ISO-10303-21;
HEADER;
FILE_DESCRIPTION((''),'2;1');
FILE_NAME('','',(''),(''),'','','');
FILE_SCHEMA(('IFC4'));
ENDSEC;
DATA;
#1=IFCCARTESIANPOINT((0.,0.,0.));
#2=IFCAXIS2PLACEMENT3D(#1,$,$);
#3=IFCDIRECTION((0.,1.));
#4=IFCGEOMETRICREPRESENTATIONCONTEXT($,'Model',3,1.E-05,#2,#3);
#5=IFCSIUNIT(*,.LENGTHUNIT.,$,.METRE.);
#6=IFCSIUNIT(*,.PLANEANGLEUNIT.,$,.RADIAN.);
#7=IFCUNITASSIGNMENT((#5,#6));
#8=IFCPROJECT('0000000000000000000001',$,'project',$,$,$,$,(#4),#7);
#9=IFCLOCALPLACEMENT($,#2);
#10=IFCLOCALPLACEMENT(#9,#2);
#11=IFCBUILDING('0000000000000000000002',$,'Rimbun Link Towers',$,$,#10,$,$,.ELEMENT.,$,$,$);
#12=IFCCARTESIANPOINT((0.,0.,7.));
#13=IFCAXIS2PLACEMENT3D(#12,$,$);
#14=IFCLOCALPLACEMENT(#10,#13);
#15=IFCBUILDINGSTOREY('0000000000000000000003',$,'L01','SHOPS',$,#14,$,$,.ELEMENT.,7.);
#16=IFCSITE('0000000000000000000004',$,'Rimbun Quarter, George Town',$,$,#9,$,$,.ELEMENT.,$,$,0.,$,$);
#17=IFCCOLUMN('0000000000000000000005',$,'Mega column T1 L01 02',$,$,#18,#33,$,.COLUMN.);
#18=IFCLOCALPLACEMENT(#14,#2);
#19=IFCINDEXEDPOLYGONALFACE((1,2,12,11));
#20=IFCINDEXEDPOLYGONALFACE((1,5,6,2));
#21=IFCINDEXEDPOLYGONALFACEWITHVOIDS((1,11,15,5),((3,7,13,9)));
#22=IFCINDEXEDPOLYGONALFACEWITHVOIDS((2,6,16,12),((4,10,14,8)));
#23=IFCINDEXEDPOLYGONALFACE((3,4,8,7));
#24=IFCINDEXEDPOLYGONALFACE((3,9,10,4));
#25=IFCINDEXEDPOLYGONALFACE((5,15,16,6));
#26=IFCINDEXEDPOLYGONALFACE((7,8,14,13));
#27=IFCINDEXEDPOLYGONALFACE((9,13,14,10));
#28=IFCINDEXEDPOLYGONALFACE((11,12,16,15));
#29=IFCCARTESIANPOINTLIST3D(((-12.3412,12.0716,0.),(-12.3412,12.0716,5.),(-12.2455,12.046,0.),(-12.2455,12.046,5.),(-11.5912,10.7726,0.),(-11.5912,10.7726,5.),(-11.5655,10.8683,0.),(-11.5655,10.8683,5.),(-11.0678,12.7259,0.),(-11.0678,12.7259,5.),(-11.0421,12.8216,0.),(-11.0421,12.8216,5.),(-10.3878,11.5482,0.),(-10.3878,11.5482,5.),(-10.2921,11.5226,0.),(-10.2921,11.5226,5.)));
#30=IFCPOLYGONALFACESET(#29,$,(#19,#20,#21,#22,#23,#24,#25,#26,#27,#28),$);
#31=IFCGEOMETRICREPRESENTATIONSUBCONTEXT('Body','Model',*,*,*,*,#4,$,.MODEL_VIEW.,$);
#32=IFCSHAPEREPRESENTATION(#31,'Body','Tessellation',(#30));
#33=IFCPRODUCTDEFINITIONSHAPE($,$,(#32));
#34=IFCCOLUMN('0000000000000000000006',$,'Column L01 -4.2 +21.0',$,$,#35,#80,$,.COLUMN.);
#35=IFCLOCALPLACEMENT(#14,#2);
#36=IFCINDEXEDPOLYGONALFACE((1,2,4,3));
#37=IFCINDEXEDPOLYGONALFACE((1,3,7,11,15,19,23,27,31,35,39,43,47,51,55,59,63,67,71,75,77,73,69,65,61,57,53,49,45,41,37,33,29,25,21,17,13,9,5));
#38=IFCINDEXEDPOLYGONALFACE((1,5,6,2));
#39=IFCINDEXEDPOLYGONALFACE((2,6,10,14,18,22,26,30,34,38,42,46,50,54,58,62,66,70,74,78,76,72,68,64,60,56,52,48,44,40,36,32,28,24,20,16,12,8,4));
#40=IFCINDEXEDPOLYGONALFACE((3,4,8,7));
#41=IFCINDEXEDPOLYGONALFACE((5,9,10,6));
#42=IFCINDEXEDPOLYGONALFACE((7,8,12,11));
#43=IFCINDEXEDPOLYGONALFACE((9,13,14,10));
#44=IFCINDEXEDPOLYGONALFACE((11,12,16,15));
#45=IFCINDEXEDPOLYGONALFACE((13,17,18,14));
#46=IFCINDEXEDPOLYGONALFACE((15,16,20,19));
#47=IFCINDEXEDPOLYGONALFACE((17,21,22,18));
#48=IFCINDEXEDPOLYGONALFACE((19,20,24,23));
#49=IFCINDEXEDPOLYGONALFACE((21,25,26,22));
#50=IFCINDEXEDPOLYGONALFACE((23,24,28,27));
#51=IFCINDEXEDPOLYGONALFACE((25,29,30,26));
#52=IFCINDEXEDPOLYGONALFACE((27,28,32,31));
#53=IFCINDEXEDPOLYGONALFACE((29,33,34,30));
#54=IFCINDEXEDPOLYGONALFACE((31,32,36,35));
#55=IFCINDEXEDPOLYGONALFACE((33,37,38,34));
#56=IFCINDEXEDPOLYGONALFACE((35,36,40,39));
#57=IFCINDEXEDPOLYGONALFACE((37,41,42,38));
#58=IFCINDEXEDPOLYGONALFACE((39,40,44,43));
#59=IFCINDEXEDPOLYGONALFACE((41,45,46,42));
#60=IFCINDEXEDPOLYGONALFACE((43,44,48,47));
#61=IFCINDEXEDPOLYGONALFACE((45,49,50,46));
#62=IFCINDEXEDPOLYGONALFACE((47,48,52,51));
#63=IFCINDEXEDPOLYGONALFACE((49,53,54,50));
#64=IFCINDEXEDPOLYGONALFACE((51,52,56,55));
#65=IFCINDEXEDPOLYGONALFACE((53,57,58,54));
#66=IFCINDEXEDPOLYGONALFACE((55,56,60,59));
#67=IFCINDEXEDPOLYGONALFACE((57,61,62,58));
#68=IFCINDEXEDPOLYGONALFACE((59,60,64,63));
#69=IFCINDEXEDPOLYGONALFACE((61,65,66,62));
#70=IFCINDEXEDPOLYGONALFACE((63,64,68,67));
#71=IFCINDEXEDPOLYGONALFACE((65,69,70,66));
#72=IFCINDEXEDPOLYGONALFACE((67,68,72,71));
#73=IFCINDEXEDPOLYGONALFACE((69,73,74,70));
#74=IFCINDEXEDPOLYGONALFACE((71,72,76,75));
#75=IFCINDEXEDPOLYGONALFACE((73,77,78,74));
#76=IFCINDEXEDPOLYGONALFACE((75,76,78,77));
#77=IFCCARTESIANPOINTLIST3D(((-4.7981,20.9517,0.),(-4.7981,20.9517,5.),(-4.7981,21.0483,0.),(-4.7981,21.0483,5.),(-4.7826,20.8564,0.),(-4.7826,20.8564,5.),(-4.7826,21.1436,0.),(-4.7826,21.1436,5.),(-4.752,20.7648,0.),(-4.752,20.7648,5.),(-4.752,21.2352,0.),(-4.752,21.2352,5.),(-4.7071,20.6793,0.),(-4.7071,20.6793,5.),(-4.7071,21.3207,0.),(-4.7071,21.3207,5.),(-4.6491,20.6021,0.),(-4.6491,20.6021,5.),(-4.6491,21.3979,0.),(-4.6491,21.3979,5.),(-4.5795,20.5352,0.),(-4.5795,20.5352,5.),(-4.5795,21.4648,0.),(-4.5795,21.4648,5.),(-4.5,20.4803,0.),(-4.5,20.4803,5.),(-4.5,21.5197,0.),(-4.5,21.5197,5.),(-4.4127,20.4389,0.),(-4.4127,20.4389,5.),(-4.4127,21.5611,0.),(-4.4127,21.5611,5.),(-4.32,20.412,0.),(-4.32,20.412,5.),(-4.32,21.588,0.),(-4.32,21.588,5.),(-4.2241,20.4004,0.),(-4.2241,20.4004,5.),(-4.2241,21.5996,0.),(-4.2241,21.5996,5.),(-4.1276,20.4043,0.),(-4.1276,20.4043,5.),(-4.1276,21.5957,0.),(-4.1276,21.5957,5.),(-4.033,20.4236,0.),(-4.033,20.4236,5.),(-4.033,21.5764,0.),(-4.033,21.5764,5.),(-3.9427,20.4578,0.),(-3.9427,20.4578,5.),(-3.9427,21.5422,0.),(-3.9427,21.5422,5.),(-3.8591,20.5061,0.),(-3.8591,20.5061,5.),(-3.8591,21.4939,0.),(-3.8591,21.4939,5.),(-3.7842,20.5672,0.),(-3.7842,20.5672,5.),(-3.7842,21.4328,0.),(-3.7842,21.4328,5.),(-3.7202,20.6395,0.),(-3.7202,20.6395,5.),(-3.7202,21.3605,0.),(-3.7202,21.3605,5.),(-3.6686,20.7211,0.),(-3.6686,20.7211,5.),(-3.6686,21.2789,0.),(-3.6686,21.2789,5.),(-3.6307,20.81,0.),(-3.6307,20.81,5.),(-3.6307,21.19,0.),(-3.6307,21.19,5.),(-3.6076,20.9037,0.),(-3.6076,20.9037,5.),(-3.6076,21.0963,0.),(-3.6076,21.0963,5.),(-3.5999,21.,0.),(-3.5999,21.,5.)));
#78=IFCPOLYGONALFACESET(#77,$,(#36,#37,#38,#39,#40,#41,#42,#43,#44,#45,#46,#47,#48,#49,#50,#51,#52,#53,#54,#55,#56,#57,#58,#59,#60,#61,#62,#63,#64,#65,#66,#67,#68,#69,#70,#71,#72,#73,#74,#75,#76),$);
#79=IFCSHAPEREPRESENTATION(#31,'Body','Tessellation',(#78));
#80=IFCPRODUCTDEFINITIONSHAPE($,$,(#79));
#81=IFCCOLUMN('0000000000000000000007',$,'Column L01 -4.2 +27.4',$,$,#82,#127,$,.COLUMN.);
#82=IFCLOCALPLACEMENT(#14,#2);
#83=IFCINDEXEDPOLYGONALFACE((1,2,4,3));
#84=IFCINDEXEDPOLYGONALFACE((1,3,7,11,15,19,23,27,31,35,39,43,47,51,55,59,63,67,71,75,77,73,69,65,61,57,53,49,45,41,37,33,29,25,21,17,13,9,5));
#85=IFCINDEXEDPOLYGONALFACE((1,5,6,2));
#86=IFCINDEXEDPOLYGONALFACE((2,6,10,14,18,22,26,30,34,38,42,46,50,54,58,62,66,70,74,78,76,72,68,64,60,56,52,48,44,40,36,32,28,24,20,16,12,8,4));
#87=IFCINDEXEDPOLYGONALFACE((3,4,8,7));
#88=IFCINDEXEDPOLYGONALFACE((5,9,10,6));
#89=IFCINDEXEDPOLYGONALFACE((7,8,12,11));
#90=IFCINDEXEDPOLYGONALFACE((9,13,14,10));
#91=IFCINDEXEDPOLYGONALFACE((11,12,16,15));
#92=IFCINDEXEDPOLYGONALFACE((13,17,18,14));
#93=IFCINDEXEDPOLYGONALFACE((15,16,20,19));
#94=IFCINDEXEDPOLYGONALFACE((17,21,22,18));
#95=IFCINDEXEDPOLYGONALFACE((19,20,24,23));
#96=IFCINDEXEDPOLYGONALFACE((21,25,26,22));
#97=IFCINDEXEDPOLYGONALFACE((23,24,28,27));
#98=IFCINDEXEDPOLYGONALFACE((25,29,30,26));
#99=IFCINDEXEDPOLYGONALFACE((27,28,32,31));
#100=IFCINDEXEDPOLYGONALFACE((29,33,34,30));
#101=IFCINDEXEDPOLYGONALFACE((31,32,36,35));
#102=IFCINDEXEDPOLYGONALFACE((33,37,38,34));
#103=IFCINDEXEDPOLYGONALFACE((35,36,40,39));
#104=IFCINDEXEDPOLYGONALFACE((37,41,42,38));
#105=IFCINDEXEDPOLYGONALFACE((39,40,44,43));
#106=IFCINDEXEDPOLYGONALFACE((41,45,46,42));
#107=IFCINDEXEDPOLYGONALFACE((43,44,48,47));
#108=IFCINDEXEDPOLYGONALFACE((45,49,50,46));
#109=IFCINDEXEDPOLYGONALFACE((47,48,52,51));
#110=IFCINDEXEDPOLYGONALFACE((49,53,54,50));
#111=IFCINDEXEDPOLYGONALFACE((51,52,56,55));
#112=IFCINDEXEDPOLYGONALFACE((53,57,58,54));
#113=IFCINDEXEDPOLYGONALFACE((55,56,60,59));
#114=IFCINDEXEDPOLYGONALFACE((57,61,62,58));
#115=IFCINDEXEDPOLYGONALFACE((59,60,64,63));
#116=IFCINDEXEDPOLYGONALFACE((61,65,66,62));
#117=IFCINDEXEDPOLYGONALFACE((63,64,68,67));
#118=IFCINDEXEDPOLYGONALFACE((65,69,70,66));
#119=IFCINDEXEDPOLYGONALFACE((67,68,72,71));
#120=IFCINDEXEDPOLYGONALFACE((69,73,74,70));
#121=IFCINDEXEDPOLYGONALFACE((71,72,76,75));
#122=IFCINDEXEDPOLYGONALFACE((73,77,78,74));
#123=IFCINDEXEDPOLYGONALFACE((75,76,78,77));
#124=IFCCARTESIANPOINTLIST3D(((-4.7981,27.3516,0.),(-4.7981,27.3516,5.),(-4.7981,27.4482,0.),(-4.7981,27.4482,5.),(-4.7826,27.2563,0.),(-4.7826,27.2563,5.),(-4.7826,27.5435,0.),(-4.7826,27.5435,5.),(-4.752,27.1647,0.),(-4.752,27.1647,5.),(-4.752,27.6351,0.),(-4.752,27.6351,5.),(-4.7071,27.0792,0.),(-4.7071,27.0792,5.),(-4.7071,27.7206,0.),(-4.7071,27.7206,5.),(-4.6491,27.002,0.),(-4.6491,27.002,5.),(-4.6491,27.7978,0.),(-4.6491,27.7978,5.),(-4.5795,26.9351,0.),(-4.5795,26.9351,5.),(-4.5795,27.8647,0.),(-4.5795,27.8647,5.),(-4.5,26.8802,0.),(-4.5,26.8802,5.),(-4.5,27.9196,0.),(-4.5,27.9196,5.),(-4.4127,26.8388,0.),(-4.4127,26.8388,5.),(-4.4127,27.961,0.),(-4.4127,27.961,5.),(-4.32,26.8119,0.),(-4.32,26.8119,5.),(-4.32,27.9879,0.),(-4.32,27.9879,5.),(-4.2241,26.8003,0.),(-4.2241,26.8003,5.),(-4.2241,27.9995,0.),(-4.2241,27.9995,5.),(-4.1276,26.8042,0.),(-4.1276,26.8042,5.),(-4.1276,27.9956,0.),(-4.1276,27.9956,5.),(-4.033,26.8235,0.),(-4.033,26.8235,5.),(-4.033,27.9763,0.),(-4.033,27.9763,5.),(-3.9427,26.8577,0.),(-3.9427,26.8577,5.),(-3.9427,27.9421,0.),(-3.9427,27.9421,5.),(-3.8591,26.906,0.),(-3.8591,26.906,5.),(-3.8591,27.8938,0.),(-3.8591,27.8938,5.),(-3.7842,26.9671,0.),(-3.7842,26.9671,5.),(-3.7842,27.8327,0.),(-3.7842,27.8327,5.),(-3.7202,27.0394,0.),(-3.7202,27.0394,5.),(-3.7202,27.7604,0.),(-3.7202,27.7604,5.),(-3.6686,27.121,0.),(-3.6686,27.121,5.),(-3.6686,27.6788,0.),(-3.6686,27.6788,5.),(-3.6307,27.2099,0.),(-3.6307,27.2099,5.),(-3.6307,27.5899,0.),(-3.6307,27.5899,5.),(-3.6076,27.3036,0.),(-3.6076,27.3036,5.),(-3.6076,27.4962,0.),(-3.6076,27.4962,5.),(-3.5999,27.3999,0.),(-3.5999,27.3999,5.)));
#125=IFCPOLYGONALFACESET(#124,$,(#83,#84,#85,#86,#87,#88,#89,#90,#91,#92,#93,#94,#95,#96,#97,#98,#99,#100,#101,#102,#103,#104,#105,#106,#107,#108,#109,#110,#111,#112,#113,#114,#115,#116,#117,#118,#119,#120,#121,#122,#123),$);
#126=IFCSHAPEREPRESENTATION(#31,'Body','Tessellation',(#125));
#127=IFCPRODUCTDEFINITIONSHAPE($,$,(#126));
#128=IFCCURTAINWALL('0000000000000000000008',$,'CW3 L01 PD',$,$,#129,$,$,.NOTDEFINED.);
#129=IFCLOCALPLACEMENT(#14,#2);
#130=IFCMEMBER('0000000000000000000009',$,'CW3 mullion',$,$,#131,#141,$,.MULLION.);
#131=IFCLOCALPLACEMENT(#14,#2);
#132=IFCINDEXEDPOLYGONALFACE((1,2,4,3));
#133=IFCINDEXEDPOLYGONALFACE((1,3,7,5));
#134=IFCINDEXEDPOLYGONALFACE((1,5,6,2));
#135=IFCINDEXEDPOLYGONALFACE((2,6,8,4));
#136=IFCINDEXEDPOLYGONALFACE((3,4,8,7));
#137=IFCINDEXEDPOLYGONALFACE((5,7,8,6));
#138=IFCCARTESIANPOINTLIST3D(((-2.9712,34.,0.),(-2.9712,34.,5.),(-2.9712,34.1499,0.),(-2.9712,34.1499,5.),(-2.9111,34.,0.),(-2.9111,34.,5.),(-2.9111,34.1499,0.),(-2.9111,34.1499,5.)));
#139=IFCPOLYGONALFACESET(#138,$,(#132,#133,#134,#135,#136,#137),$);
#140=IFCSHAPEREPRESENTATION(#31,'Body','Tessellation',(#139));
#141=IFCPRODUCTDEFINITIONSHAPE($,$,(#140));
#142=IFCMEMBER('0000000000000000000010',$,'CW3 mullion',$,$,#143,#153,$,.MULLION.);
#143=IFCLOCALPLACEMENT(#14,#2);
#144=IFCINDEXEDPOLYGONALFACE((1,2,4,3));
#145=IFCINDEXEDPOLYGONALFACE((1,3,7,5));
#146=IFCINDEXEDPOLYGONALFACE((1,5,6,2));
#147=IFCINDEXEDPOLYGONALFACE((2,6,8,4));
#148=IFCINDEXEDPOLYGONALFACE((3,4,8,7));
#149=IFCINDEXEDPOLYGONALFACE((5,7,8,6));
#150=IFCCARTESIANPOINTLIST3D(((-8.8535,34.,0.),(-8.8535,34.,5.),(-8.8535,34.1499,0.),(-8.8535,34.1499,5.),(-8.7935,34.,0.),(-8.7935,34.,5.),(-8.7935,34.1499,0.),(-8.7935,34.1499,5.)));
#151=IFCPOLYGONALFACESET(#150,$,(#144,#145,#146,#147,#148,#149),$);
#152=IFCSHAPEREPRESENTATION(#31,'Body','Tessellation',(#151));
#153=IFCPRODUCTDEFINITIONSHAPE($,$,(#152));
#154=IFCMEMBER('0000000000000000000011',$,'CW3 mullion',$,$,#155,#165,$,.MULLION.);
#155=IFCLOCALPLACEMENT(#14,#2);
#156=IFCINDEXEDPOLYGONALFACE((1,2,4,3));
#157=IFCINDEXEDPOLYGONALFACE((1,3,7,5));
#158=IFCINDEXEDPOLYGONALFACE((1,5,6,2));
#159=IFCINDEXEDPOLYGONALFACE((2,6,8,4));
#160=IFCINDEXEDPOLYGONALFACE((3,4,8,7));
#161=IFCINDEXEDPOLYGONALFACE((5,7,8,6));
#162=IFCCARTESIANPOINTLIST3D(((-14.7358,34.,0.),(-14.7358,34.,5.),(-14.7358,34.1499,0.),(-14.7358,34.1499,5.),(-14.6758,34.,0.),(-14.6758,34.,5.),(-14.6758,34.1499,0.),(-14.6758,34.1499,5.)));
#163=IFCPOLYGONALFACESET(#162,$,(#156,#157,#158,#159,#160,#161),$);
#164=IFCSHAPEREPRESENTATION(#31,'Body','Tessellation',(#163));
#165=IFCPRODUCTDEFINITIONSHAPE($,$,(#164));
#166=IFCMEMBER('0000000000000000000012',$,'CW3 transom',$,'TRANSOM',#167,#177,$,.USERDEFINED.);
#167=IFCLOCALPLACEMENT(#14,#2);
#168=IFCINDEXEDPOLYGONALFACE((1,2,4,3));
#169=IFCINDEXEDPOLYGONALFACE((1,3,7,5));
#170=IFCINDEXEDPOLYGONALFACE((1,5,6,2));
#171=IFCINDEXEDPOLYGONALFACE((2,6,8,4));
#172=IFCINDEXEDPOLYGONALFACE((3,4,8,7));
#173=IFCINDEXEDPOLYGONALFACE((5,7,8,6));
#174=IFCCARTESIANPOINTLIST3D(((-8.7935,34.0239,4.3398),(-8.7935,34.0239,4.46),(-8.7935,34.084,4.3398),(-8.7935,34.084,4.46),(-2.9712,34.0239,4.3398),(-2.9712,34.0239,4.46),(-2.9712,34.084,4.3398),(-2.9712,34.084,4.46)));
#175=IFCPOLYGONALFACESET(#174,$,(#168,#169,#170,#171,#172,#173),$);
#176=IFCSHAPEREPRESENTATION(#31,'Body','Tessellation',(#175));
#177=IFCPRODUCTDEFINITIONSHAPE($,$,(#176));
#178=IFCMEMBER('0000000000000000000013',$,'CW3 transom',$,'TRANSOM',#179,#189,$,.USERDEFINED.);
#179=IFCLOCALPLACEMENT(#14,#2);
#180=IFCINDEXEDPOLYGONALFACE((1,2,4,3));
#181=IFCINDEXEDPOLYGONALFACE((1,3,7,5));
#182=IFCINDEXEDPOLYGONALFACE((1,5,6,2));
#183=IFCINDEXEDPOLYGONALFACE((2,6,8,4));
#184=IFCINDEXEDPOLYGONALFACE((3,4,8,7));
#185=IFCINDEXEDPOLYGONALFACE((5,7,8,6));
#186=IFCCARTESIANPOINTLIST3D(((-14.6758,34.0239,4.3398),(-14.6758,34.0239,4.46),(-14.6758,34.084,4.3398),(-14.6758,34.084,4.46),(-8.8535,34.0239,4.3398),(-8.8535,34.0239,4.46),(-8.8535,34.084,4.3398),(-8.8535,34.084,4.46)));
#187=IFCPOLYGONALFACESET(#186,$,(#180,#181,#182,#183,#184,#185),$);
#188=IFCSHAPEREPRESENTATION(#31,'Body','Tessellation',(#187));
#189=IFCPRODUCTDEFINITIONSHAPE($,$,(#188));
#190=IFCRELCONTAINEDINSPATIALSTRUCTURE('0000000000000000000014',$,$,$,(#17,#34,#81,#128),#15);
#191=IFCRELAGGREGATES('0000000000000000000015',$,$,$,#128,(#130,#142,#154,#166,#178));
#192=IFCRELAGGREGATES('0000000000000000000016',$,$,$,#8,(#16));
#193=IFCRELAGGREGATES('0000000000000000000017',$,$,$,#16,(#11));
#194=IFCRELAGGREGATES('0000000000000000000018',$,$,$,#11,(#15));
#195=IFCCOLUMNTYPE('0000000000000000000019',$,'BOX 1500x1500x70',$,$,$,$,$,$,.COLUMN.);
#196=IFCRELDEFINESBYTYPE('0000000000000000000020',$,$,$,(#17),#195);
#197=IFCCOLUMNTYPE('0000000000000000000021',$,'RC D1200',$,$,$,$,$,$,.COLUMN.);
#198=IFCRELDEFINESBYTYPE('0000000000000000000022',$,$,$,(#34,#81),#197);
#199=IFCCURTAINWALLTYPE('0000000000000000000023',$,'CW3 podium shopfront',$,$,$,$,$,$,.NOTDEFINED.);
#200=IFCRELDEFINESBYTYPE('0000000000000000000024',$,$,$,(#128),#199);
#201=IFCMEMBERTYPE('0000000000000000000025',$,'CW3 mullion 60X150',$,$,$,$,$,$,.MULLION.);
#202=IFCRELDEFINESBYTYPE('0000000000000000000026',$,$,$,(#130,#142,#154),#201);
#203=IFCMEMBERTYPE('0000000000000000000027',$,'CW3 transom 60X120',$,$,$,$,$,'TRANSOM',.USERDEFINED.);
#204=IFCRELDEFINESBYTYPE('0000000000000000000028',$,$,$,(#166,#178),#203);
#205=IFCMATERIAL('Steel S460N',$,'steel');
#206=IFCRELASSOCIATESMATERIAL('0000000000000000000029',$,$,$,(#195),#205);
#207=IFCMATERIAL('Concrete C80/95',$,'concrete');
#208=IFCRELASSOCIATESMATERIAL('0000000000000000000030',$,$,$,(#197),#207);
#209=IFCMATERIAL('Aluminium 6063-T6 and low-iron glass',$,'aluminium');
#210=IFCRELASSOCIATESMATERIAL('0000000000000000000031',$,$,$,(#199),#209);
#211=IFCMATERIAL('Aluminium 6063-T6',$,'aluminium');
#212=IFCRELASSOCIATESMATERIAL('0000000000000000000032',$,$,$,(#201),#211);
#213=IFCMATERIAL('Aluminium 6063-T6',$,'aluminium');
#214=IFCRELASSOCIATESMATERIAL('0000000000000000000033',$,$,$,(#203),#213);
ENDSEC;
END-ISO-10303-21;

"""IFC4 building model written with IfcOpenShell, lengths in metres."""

from ifc_helpers import new_model, si_unit, direction, frame, origin, origin_2d, place, context, subcontext, project, spatial, rectangle, hollow_rectangle, circle, extrude, material, material_profile, profile_set, type_object, element, aggregate, save


model = new_model("IFC4")

# Units and contexts
model_context = context("Model", 3, precision=1e-05, world=origin(), true_north=direction((0.0, 1.0)))
body_context = subcontext(model_context, "Body", "Model", "MODEL_VIEW")
ifc_project = project(units=[si_unit("LENGTHUNIT", "METRE"), si_unit("PLANEANGLEUNIT", "RADIAN")], contexts=[model_context])

# Site, building, storey
site_placement = place(None, origin())
site = spatial("IfcSite", under=ifc_project, at=site_placement, Name="Rimbun Quarter, George Town", CompositionType="ELEMENT", RefElevation=0.0)
building_placement = place(site_placement, origin())
building = spatial("IfcBuilding", under=site, at=building_placement, Name="Rimbun Link Towers", CompositionType="ELEMENT")
storey_placement = place(building_placement, frame((0.0, 0.0, 7.0)))
storey = spatial("IfcBuildingStorey", under=building, at=storey_placement, Name="L01", Description="SHOPS", CompositionType="ELEMENT", Elevation=7.0)

# Columns
ifc_material_1 = material(Name="Steel S460N", Category="steel")
ifc_material_profile_1 = material_profile(ifc_material_1, hollow_rectangle(XDim=1.5, YDim=1.5, WallThickness=0.0701, at=origin_2d()), Name="BOX 1500x1500x70")
ifc_profile_set_1 = profile_set([ifc_material_profile_1], Name="Steel S460N")
column_type_1 = type_object("IfcColumnType", Name="BOX 1500x1500x70", PredefinedType="COLUMN", material=ifc_profile_set_1)
column_placement = place(storey_placement, frame((-11.3167, 11.7971, 0.0), z_axis=(0.0, 0.0, 1.0), x_axis=(0.866025, 0.5, 0.0)))
element("IfcColumn", 1, at=column_placement, inside=storey, type_object=column_type_1, Name="Mega column T1 L01 02", PredefinedType="COLUMN", context=body_context, shape_type="SweptSolid", body=[
    extrude(hollow_rectangle(XDim=1.5, YDim=1.5, WallThickness=0.0701, at=origin_2d()), origin(), (0.0, 0.0, 1.0), 5.0),
])
ifc_material_2 = material(Name="Concrete C80/95", Category="concrete")
ifc_material_profile_2 = material_profile(ifc_material_2, circle(Radius=0.6001, at=origin_2d()), Name="RC D1200")
ifc_profile_set_2 = profile_set([ifc_material_profile_2], Name="Concrete C80/95")
column_type_2 = type_object("IfcColumnType", Name="RC D1200", PredefinedType="COLUMN", material=ifc_profile_set_2)
for number, where, z_axis, x_axis, name in (
    (2, (-4.2, 21.0, 0.0), (0.0, 0.0, 1.0), (1.0, 0.0, 0.0), "Column L01 -4.2 +21.0"),
    (3, (-4.2, 27.3999, 0.0), (0.0, 0.0, 1.0), (1.0, 0.0, 0.0), "Column L01 -4.2 +27.4"),
):
    element("IfcColumn", number, at=place(storey_placement, frame(where, z_axis=z_axis, x_axis=x_axis)), inside=storey, type_object=column_type_2, Name=name, PredefinedType="COLUMN", context=body_context, shape_type="SweptSolid", body=[
        extrude(circle(Radius=0.6001, at=origin_2d()), origin(), (0.0, 0.0, 1.0), 5.0),
    ])

# Curtain wall, members
ifc_material_3 = material(Name="Aluminium 6063-T6 and low-iron glass", Category="aluminium")
curtain_wall_type = type_object("IfcCurtainWallType", Name="CW3 podium shopfront", PredefinedType="NOTDEFINED", material=ifc_material_3)
curtain_wall_placement = place(storey_placement, origin())
curtain_wall = element("IfcCurtainWall", 4, at=curtain_wall_placement, inside=storey, type_object=curtain_wall_type, Name="CW3 L01 PD", PredefinedType="NOTDEFINED")
ifc_material_4 = material(Name="Aluminium 6063-T6", Category="aluminium")
ifc_material_profile_3 = material_profile(ifc_material_4, rectangle(XDim=0.1499, YDim=0.0601, at=origin_2d()), Name="MULLION 60X150")
ifc_profile_set_3 = profile_set([ifc_material_profile_3], Name="Aluminium 6063-T6")
member_type_1 = type_object("IfcMemberType", Name="CW3 mullion 60X150", PredefinedType="MULLION", material=ifc_profile_set_3)
member_1_placement = place(storey_placement, frame((-2.9412, 34.075, 0.0), z_axis=(0.0, 0.0, 1.0), x_axis=(0.0, 1.0, 0.0)))
member_1 = element("IfcMember", 5, at=member_1_placement, type_object=member_type_1, Name="CW3 mullion", PredefinedType="MULLION", context=body_context, shape_type="SweptSolid", body=[
    extrude(rectangle(XDim=0.1499, YDim=0.0601, at=origin_2d()), origin(), (0.0, 0.0, 1.0), 5.0),
])
member_2_placement = place(storey_placement, frame((-8.8235, 34.075, 0.0), z_axis=(0.0, 0.0, 1.0), x_axis=(0.0, 1.0, 0.0)))
member_2 = element("IfcMember", 6, at=member_2_placement, type_object=member_type_1, Name="CW3 mullion", PredefinedType="MULLION", context=body_context, shape_type="SweptSolid", body=[
    extrude(rectangle(XDim=0.1499, YDim=0.0601, at=origin_2d()), origin(), (0.0, 0.0, 1.0), 5.0),
])
member_3_placement = place(storey_placement, frame((-14.7058, 34.075, 0.0), z_axis=(0.0, 0.0, 1.0), x_axis=(0.0, 1.0, 0.0)))
member_3 = element("IfcMember", 7, at=member_3_placement, type_object=member_type_1, Name="CW3 mullion", PredefinedType="MULLION", context=body_context, shape_type="SweptSolid", body=[
    extrude(rectangle(XDim=0.1499, YDim=0.0601, at=origin_2d()), origin(), (0.0, 0.0, 1.0), 5.0),
])
ifc_material_5 = material(Name="Aluminium 6063-T6", Category="aluminium")
ifc_material_profile_4 = material_profile(ifc_material_5, rectangle(XDim=0.0601, YDim=0.1201, at=origin_2d()), Name="TRANSOM 60X120")
ifc_profile_set_4 = profile_set([ifc_material_profile_4], Name="Aluminium 6063-T6")
member_type_2 = type_object("IfcMemberType", Name="CW3 transom 60X120", ElementType="TRANSOM", PredefinedType="USERDEFINED", material=ifc_profile_set_4)
member_4_placement = place(storey_placement, frame((-8.7935, 34.054, 4.3999), z_axis=(1.0, 0.0, 0.0), x_axis=(0.0, 1.0, 0.0)))
member_4 = element("IfcMember", 8, at=member_4_placement, type_object=member_type_2, Name="CW3 transom", ObjectType="TRANSOM", PredefinedType="USERDEFINED", context=body_context, shape_type="SweptSolid", body=[
    extrude(rectangle(XDim=0.0601, YDim=0.1201, at=origin_2d()), origin(), (0.0, 0.0, 1.0), 5.8223),
])
member_5_placement = place(storey_placement, frame((-14.6758, 34.054, 4.3999), z_axis=(1.0, 0.0, 0.0), x_axis=(0.0, 1.0, 0.0)))
member_5 = element("IfcMember", 9, at=member_5_placement, type_object=member_type_2, Name="CW3 transom", ObjectType="TRANSOM", PredefinedType="USERDEFINED", context=body_context, shape_type="SweptSolid", body=[
    extrude(rectangle(XDim=0.0601, YDim=0.1201, at=origin_2d()), origin(), (0.0, 0.0, 1.0), 5.8223),
])

aggregate(curtain_wall, [member_1, member_2, member_3, member_4, member_5])

save(model, "model.ifc")
